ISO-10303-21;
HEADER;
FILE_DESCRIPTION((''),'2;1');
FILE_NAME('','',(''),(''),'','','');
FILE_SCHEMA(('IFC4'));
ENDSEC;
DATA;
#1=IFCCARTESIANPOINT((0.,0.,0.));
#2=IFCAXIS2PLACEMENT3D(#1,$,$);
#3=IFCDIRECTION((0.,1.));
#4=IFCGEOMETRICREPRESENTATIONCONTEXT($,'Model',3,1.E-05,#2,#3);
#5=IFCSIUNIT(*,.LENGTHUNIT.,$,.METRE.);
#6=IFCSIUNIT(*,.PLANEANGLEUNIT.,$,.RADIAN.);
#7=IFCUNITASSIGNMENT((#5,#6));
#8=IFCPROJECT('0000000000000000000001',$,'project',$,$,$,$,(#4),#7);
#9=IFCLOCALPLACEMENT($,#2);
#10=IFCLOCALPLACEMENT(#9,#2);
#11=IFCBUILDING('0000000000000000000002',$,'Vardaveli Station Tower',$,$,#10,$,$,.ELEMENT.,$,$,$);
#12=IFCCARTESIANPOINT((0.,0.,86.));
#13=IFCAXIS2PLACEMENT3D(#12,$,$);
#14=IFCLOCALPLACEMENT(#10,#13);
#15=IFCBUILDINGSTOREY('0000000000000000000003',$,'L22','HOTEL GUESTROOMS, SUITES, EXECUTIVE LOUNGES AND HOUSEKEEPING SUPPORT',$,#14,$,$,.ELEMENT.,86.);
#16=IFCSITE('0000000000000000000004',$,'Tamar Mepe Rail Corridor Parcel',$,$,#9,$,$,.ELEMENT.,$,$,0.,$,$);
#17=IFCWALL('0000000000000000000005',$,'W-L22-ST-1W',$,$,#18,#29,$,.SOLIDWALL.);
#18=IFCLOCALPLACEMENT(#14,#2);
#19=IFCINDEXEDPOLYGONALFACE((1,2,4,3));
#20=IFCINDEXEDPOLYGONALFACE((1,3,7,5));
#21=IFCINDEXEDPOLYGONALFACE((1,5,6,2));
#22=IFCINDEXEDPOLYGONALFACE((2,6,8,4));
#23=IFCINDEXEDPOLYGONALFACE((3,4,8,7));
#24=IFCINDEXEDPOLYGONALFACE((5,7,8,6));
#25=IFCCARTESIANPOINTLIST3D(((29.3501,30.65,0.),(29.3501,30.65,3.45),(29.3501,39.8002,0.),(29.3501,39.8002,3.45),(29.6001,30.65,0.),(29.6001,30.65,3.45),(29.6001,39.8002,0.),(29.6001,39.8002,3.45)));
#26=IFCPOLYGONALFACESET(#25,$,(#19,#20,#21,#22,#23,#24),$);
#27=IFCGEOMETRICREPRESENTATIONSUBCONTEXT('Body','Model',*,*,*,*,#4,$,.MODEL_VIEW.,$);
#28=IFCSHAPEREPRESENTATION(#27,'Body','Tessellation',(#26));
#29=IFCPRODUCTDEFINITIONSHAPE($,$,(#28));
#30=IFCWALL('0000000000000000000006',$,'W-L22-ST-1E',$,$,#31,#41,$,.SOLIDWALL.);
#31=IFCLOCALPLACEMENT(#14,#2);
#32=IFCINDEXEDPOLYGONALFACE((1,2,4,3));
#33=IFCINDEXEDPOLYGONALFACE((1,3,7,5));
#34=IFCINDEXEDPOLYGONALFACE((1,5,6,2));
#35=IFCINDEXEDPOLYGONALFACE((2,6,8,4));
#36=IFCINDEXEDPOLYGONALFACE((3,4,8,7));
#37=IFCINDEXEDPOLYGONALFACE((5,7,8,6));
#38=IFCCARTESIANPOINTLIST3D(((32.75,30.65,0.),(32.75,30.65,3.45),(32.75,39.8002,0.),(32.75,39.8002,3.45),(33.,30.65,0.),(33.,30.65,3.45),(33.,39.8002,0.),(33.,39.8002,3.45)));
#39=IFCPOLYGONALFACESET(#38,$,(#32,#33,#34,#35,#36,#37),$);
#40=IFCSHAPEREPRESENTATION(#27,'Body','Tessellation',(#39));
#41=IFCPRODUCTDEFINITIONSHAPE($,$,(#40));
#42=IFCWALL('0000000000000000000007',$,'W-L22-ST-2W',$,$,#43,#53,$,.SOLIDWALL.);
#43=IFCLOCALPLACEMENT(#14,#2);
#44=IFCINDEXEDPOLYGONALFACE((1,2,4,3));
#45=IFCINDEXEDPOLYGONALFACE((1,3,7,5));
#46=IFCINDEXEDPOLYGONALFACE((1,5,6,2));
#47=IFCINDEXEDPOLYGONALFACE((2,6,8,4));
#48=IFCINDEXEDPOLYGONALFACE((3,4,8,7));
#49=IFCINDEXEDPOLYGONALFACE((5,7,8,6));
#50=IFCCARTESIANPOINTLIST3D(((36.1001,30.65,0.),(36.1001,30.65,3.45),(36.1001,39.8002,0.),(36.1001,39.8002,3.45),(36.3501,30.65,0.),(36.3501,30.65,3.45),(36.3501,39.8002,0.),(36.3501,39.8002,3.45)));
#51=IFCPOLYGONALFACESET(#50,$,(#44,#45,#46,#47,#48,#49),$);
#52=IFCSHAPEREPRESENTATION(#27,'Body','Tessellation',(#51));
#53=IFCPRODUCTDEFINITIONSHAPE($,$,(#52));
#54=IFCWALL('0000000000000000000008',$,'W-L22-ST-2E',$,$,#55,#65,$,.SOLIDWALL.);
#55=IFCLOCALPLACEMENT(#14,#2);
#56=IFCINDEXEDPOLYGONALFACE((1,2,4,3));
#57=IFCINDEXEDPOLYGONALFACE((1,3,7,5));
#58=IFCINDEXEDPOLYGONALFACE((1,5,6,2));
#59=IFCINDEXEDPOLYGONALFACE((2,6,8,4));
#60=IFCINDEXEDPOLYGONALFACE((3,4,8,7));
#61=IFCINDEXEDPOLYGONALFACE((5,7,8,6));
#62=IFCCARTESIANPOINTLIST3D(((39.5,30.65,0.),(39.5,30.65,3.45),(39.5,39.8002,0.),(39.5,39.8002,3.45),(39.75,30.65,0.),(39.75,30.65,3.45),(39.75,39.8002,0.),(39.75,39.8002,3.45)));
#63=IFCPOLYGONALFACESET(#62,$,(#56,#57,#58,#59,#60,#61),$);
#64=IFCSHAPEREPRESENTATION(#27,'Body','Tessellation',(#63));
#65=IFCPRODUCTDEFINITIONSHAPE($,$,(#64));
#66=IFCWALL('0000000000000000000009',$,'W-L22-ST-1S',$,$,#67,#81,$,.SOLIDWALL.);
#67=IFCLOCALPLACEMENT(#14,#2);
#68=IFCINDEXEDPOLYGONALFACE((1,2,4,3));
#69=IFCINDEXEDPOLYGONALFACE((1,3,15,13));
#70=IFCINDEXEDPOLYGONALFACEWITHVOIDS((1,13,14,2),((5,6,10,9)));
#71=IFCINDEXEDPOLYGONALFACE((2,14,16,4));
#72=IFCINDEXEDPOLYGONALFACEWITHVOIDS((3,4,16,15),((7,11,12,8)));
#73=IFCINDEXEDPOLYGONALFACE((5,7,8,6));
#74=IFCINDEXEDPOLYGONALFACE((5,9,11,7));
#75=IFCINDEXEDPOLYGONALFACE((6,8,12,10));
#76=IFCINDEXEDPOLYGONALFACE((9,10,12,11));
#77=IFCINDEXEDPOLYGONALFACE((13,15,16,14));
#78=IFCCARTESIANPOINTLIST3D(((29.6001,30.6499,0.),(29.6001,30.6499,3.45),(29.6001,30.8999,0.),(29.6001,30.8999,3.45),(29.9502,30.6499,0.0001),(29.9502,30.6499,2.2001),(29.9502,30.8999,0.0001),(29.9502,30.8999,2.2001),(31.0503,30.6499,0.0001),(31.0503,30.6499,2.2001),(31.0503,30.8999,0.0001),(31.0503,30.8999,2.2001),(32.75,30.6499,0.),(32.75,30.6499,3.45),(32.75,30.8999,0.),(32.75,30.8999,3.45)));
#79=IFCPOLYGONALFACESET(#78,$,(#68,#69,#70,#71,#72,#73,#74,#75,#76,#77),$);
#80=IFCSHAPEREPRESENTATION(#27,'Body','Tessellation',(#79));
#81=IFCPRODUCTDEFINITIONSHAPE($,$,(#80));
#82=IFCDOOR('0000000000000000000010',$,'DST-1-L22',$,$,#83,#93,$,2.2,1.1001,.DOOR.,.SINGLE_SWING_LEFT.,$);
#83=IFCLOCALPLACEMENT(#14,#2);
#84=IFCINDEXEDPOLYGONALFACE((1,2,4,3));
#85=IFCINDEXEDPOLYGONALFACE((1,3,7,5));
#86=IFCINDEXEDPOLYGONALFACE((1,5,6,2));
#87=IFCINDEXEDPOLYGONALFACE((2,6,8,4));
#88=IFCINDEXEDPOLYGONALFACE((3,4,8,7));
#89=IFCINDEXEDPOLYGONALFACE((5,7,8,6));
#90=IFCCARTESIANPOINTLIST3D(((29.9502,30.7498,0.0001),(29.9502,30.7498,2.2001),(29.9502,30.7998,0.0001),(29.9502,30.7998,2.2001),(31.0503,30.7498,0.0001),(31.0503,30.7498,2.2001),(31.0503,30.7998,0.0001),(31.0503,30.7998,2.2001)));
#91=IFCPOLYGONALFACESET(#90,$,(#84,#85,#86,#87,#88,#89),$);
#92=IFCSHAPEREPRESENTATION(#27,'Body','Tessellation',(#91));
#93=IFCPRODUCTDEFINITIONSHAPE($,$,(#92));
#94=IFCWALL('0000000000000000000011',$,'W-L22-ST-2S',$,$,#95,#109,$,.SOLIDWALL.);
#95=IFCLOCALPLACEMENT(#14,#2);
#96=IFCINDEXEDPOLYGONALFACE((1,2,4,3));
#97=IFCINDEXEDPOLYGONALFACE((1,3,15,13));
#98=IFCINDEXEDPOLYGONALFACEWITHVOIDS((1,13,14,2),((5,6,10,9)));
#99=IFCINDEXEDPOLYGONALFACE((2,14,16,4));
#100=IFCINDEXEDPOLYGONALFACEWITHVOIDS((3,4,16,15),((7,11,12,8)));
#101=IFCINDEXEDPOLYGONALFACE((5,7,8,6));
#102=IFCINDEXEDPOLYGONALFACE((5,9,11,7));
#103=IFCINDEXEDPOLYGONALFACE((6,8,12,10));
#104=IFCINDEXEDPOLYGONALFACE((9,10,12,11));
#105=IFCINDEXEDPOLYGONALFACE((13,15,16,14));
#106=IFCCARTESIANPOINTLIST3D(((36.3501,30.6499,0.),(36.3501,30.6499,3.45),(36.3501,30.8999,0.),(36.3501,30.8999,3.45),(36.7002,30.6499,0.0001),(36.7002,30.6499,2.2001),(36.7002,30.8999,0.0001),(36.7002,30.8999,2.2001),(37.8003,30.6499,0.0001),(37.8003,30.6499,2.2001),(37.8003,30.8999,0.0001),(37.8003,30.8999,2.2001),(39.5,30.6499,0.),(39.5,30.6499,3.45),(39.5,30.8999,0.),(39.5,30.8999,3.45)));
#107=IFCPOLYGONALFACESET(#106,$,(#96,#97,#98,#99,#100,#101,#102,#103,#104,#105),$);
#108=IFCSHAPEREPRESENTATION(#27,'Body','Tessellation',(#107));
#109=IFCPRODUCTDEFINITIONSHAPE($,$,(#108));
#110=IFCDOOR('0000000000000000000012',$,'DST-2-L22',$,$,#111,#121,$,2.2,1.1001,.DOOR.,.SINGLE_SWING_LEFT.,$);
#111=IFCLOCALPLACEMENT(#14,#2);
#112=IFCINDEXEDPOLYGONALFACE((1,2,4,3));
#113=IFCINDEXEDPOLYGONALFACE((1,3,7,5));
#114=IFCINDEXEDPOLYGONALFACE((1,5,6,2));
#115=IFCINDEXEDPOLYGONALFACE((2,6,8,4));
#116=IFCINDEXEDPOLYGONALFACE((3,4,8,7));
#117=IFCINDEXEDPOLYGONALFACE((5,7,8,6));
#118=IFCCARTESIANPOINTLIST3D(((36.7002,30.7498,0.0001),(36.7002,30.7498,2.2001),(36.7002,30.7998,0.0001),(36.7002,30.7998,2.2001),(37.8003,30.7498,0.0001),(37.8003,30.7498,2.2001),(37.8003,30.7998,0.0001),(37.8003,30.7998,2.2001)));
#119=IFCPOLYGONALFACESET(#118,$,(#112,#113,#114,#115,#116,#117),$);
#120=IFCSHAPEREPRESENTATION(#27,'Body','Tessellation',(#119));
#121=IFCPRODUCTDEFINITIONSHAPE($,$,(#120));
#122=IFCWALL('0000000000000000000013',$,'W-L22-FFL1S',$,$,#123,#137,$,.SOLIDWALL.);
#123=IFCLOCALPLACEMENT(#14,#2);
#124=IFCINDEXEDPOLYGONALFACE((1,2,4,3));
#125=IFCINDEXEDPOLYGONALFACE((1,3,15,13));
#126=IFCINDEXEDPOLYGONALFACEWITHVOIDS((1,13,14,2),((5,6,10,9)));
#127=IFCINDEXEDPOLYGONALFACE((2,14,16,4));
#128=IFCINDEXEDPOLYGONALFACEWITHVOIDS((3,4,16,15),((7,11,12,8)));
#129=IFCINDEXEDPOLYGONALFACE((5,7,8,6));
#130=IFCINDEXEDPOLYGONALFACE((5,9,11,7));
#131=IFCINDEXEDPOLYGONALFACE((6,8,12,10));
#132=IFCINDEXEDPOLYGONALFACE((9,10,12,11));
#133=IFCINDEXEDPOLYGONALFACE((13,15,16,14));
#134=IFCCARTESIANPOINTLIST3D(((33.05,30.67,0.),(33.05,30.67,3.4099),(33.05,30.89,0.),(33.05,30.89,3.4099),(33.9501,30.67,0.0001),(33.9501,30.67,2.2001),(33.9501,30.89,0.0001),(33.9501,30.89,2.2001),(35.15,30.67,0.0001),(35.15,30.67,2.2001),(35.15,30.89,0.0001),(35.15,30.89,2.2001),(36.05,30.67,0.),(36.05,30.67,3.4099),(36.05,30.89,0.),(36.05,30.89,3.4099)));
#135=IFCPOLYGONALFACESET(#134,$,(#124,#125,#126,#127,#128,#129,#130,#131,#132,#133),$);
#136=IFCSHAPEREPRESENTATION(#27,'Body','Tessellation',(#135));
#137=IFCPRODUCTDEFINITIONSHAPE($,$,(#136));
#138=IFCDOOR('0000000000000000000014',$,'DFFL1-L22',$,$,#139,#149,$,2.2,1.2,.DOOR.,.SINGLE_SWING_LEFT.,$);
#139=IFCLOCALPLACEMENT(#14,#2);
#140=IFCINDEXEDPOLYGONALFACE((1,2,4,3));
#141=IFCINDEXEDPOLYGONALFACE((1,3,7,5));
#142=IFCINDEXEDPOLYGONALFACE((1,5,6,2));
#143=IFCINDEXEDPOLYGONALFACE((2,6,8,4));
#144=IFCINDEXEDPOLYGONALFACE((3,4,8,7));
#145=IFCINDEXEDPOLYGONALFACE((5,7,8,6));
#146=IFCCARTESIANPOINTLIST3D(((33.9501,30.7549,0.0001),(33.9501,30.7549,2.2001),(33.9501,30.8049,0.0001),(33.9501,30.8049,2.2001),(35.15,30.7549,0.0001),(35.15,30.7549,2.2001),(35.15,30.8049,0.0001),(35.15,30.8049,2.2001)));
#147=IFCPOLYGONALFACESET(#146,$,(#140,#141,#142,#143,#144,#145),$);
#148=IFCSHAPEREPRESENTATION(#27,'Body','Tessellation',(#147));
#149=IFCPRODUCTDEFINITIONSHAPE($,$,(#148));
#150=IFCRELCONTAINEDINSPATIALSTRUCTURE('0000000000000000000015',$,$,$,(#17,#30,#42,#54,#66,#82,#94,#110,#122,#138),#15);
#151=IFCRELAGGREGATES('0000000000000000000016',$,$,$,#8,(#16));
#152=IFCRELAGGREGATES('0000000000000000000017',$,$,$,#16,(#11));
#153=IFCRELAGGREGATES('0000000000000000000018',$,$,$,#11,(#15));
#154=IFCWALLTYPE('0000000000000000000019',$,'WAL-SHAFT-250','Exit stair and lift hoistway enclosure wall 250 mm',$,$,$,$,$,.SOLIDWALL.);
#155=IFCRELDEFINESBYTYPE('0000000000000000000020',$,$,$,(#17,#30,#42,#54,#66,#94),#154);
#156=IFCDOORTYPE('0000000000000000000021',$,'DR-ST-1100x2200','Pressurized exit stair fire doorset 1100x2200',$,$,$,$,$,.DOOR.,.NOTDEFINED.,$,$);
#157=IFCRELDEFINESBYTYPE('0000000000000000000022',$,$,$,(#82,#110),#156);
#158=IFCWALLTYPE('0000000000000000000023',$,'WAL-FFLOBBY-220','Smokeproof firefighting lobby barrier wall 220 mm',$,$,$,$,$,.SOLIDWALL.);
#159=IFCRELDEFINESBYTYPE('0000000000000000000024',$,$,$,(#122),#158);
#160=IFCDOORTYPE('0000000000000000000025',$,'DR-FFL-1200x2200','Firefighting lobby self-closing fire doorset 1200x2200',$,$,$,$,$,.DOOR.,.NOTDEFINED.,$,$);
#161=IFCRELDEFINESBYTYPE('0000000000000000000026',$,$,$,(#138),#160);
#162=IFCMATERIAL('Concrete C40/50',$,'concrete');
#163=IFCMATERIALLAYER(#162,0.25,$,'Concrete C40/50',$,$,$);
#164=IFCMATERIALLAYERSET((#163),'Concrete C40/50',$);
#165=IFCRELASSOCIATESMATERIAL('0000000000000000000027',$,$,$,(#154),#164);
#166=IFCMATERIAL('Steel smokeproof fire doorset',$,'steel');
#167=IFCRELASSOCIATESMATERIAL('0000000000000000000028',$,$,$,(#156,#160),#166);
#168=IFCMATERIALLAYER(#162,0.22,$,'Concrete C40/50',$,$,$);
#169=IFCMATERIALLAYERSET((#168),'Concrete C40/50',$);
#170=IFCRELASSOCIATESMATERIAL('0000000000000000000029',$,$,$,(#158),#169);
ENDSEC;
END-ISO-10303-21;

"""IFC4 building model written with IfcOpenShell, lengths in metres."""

from ifc_helpers import new_model, si_unit, direction, frame, frame_2d, origin, place, context, subcontext, project, spatial, rectangle, extrude, source, transform, mapped, material, layer, layer_set, type_object, element, fill, save


model = new_model("IFC4")

# Units and contexts
model_context = context("Model", 3, precision=1e-05, world=origin(), true_north=direction((0.0, 1.0)))
body_context = subcontext(model_context, "Body", "Model", "MODEL_VIEW")
ifc_project = project(units=[si_unit("LENGTHUNIT", "METRE"), si_unit("PLANEANGLEUNIT", "RADIAN")], contexts=[model_context])

# Site, building, storey
site_placement = place(None, origin())
site = spatial("IfcSite", under=ifc_project, at=site_placement, Name="Tamar Mepe Rail Corridor Parcel", CompositionType="ELEMENT", RefElevation=0.0)
building_placement = place(site_placement, origin())
building = spatial("IfcBuilding", under=site, at=building_placement, Name="Vardaveli Station Tower", CompositionType="ELEMENT")
storey_placement = place(building_placement, frame((0.0, 0.0, 86.0)))
storey = spatial("IfcBuildingStorey", under=building, at=storey_placement, Name="L22", Description="HOTEL GUESTROOMS, SUITES, EXECUTIVE LOUNGES AND HOUSEKEEPING SUPPORT", CompositionType="ELEMENT", Elevation=86.0)

# Walls
ifc_material_1 = material(Name="Concrete C40/50", Category="concrete")
ifc_layer_1 = layer(ifc_material_1, 0.25, Name="Concrete C40/50")
ifc_layer_set_1 = layer_set([ifc_layer_1], Name="Concrete C40/50")
wall_type_1 = type_object("IfcWallType", Name="WAL-SHAFT-250", Description="Exit stair and lift hoistway enclosure wall 250 mm", PredefinedType="SOLIDWALL", material=ifc_layer_set_1)
shared_shape_1 = source(origin(), body_context, "Body", "SweptSolid", [
    extrude(rectangle(XDim=9.1501, YDim=0.25, at=frame_2d((4.5752, 0.0))), origin(), (0.0, 0.0, 1.0), 3.45),
])
for number, where, z_axis, x_axis, name in (
    (1, (29.4751, 30.6499, 0.0), (0.0, 0.0, 1.0), (0.0, 1.0, 0.0), "W-L22-ST-1W"),
    (2, (32.875, 30.6499, 0.0), (0.0, 0.0, 1.0), (0.0, 1.0, 0.0), "W-L22-ST-1E"),
    (3, (36.2251, 30.6499, 0.0), (0.0, 0.0, 1.0), (0.0, 1.0, 0.0), "W-L22-ST-2W"),
    (4, (39.625, 30.6499, 0.0), (0.0, 0.0, 1.0), (0.0, 1.0, 0.0), "W-L22-ST-2E"),
):
    element("IfcWall", number, at=place(storey_placement, frame(where, z_axis=z_axis, x_axis=x_axis)), inside=storey, type_object=wall_type_1, Name=name, PredefinedType="SOLIDWALL", context=body_context, shape_type="MappedRepresentation", body=[
        mapped(shared_shape_1, transform((0.0, 0.0, 0.0), scale=1.0)),
    ])

# Walls, openings, doors
shared_shape_2 = source(origin(), body_context, "Body", "SweptSolid", [
    extrude(rectangle(XDim=3.1499, YDim=0.25, at=frame_2d((1.575, 0.0))), origin(), (0.0, 0.0, 1.0), 3.45),
])
wall_1_placement = place(storey_placement, frame((29.6001, 30.7749, 0.0), z_axis=(0.0, 0.0, 1.0), x_axis=(1.0, 0.0, 0.0)))
wall_1 = element("IfcWall", 5, at=wall_1_placement, inside=storey, type_object=wall_type_1, Name="W-L22-ST-1S", PredefinedType="SOLIDWALL", context=body_context, shape_type="MappedRepresentation", body=[
    mapped(shared_shape_2, transform((0.0, 0.0, 0.0), scale=1.0)),
])
shared_shape_3 = source(origin(), body_context, "Body", "SweptSolid", [
    extrude(rectangle(XDim=1.1001, YDim=2.2, at=frame_2d((0.55, 1.1001))), frame((0.0, 0.135, 0.0), z_axis=(0.0, -1.0, 0.0), x_axis=(1.0, 0.0, 0.0)), (0.0, 0.0, 1.0), 0.27),
])
opening_1_placement = place(wall_1_placement, frame((0.3501, 0.0, 0.0)))
opening_1 = element("IfcOpeningElement", 6, at=opening_1_placement, cuts=wall_1, PredefinedType="OPENING", context=body_context, shape_type="MappedRepresentation", body=[
    mapped(shared_shape_3, transform((0.0, 0.0, 0.0), scale=1.0)),
])
ifc_material_2 = material(Name="Steel smokeproof fire doorset", Category="steel")
door_type_1 = type_object("IfcDoorType", Name="DR-ST-1100x2200", Description="Pressurized exit stair fire doorset 1100x2200", OperationType="NOTDEFINED", PredefinedType="DOOR", material=ifc_material_2)
shared_shape_4 = source(origin(), body_context, "Body", "SweptSolid", [
    extrude(rectangle(XDim=1.1001, YDim=2.2, at=frame_2d((0.55, 1.1001))), frame((0.0, 0.0249, 0.0), z_axis=(0.0, -1.0, 0.0), x_axis=(1.0, 0.0, 0.0)), (0.0, 0.0, 1.0), 0.05),
])
door_1_placement = place(opening_1_placement, origin())
door_1 = element("IfcDoor", 7, at=door_1_placement, inside=storey, type_object=door_type_1, Name="DST-1-L22", OperationType="SINGLE_SWING_LEFT", OverallHeight=2.2, OverallWidth=1.1001, PredefinedType="DOOR", context=body_context, shape_type="MappedRepresentation", body=[
    mapped(shared_shape_4, transform((0.0, 0.0, 0.0), scale=1.0)),
])
fill(opening_1, door_1)
wall_2_placement = place(storey_placement, frame((36.3501, 30.7749, 0.0), z_axis=(0.0, 0.0, 1.0), x_axis=(1.0, 0.0, 0.0)))
wall_2 = element("IfcWall", 8, at=wall_2_placement, inside=storey, type_object=wall_type_1, Name="W-L22-ST-2S", PredefinedType="SOLIDWALL", context=body_context, shape_type="MappedRepresentation", body=[
    mapped(shared_shape_2, transform((0.0, 0.0, 0.0), scale=1.0)),
])
opening_2_placement = place(wall_2_placement, frame((0.3501, 0.0, 0.0)))
opening_2 = element("IfcOpeningElement", 9, at=opening_2_placement, cuts=wall_2, PredefinedType="OPENING", context=body_context, shape_type="MappedRepresentation", body=[
    mapped(shared_shape_3, transform((0.0, 0.0, 0.0), scale=1.0)),
])
door_2_placement = place(opening_2_placement, origin())
door_2 = element("IfcDoor", 10, at=door_2_placement, inside=storey, type_object=door_type_1, Name="DST-2-L22", OperationType="SINGLE_SWING_LEFT", OverallHeight=2.2, OverallWidth=1.1001, PredefinedType="DOOR", context=body_context, shape_type="MappedRepresentation", body=[
    mapped(shared_shape_4, transform((0.0, 0.0, 0.0), scale=1.0)),
])
fill(opening_2, door_2)
ifc_layer_2 = layer(ifc_material_1, 0.22, Name="Concrete C40/50")
ifc_layer_set_2 = layer_set([ifc_layer_2], Name="Concrete C40/50")
wall_type_2 = type_object("IfcWallType", Name="WAL-FFLOBBY-220", Description="Smokeproof firefighting lobby barrier wall 220 mm", PredefinedType="SOLIDWALL", material=ifc_layer_set_2)
shared_shape_5 = source(origin(), body_context, "Body", "SweptSolid", [
    extrude(rectangle(XDim=3.0, YDim=0.22, at=frame_2d((1.5, 0.0))), origin(), (0.0, 0.0, 1.0), 3.4099),
])
wall_3_placement = place(storey_placement, frame((33.05, 30.78, 0.0), z_axis=(0.0, 0.0, 1.0), x_axis=(1.0, 0.0, 0.0)))
wall_3 = element("IfcWall", 11, at=wall_3_placement, inside=storey, type_object=wall_type_2, Name="W-L22-FFL1S", PredefinedType="SOLIDWALL", context=body_context, shape_type="MappedRepresentation", body=[
    mapped(shared_shape_5, transform((0.0, 0.0, 0.0), scale=1.0)),
])
shared_shape_6 = source(origin(), body_context, "Body", "SweptSolid", [
    extrude(rectangle(XDim=1.2, YDim=2.2, at=frame_2d((0.6001, 1.1001))), frame((0.0, 0.1201, 0.0), z_axis=(0.0, -1.0, 0.0), x_axis=(1.0, 0.0, 0.0)), (0.0, 0.0, 1.0), 0.24),
])
opening_3_placement = place(wall_3_placement, frame((0.8999, 0.0, 0.0)))
opening_3 = element("IfcOpeningElement", 12, at=opening_3_placement, cuts=wall_3, PredefinedType="OPENING", context=body_context, shape_type="MappedRepresentation", body=[
    mapped(shared_shape_6, transform((0.0, 0.0, 0.0), scale=1.0)),
])
door_type_2 = type_object("IfcDoorType", Name="DR-FFL-1200x2200", Description="Firefighting lobby self-closing fire doorset 1200x2200", OperationType="NOTDEFINED", PredefinedType="DOOR", material=ifc_material_2)
shared_shape_7 = source(origin(), body_context, "Body", "SweptSolid", [
    extrude(rectangle(XDim=1.2, YDim=2.2, at=frame_2d((0.6001, 1.1001))), frame((0.0, 0.0249, 0.0), z_axis=(0.0, -1.0, 0.0), x_axis=(1.0, 0.0, 0.0)), (0.0, 0.0, 1.0), 0.05),
])
door_3_placement = place(opening_3_placement, origin())
door_3 = element("IfcDoor", 13, at=door_3_placement, inside=storey, type_object=door_type_2, Name="DFFL1-L22", OperationType="SINGLE_SWING_LEFT", OverallHeight=2.2, OverallWidth=1.2, PredefinedType="DOOR", context=body_context, shape_type="MappedRepresentation", body=[
    mapped(shared_shape_7, transform((0.0, 0.0, 0.0), scale=1.0)),
])
fill(opening_3, door_3)

save(model, "model.ifc")
